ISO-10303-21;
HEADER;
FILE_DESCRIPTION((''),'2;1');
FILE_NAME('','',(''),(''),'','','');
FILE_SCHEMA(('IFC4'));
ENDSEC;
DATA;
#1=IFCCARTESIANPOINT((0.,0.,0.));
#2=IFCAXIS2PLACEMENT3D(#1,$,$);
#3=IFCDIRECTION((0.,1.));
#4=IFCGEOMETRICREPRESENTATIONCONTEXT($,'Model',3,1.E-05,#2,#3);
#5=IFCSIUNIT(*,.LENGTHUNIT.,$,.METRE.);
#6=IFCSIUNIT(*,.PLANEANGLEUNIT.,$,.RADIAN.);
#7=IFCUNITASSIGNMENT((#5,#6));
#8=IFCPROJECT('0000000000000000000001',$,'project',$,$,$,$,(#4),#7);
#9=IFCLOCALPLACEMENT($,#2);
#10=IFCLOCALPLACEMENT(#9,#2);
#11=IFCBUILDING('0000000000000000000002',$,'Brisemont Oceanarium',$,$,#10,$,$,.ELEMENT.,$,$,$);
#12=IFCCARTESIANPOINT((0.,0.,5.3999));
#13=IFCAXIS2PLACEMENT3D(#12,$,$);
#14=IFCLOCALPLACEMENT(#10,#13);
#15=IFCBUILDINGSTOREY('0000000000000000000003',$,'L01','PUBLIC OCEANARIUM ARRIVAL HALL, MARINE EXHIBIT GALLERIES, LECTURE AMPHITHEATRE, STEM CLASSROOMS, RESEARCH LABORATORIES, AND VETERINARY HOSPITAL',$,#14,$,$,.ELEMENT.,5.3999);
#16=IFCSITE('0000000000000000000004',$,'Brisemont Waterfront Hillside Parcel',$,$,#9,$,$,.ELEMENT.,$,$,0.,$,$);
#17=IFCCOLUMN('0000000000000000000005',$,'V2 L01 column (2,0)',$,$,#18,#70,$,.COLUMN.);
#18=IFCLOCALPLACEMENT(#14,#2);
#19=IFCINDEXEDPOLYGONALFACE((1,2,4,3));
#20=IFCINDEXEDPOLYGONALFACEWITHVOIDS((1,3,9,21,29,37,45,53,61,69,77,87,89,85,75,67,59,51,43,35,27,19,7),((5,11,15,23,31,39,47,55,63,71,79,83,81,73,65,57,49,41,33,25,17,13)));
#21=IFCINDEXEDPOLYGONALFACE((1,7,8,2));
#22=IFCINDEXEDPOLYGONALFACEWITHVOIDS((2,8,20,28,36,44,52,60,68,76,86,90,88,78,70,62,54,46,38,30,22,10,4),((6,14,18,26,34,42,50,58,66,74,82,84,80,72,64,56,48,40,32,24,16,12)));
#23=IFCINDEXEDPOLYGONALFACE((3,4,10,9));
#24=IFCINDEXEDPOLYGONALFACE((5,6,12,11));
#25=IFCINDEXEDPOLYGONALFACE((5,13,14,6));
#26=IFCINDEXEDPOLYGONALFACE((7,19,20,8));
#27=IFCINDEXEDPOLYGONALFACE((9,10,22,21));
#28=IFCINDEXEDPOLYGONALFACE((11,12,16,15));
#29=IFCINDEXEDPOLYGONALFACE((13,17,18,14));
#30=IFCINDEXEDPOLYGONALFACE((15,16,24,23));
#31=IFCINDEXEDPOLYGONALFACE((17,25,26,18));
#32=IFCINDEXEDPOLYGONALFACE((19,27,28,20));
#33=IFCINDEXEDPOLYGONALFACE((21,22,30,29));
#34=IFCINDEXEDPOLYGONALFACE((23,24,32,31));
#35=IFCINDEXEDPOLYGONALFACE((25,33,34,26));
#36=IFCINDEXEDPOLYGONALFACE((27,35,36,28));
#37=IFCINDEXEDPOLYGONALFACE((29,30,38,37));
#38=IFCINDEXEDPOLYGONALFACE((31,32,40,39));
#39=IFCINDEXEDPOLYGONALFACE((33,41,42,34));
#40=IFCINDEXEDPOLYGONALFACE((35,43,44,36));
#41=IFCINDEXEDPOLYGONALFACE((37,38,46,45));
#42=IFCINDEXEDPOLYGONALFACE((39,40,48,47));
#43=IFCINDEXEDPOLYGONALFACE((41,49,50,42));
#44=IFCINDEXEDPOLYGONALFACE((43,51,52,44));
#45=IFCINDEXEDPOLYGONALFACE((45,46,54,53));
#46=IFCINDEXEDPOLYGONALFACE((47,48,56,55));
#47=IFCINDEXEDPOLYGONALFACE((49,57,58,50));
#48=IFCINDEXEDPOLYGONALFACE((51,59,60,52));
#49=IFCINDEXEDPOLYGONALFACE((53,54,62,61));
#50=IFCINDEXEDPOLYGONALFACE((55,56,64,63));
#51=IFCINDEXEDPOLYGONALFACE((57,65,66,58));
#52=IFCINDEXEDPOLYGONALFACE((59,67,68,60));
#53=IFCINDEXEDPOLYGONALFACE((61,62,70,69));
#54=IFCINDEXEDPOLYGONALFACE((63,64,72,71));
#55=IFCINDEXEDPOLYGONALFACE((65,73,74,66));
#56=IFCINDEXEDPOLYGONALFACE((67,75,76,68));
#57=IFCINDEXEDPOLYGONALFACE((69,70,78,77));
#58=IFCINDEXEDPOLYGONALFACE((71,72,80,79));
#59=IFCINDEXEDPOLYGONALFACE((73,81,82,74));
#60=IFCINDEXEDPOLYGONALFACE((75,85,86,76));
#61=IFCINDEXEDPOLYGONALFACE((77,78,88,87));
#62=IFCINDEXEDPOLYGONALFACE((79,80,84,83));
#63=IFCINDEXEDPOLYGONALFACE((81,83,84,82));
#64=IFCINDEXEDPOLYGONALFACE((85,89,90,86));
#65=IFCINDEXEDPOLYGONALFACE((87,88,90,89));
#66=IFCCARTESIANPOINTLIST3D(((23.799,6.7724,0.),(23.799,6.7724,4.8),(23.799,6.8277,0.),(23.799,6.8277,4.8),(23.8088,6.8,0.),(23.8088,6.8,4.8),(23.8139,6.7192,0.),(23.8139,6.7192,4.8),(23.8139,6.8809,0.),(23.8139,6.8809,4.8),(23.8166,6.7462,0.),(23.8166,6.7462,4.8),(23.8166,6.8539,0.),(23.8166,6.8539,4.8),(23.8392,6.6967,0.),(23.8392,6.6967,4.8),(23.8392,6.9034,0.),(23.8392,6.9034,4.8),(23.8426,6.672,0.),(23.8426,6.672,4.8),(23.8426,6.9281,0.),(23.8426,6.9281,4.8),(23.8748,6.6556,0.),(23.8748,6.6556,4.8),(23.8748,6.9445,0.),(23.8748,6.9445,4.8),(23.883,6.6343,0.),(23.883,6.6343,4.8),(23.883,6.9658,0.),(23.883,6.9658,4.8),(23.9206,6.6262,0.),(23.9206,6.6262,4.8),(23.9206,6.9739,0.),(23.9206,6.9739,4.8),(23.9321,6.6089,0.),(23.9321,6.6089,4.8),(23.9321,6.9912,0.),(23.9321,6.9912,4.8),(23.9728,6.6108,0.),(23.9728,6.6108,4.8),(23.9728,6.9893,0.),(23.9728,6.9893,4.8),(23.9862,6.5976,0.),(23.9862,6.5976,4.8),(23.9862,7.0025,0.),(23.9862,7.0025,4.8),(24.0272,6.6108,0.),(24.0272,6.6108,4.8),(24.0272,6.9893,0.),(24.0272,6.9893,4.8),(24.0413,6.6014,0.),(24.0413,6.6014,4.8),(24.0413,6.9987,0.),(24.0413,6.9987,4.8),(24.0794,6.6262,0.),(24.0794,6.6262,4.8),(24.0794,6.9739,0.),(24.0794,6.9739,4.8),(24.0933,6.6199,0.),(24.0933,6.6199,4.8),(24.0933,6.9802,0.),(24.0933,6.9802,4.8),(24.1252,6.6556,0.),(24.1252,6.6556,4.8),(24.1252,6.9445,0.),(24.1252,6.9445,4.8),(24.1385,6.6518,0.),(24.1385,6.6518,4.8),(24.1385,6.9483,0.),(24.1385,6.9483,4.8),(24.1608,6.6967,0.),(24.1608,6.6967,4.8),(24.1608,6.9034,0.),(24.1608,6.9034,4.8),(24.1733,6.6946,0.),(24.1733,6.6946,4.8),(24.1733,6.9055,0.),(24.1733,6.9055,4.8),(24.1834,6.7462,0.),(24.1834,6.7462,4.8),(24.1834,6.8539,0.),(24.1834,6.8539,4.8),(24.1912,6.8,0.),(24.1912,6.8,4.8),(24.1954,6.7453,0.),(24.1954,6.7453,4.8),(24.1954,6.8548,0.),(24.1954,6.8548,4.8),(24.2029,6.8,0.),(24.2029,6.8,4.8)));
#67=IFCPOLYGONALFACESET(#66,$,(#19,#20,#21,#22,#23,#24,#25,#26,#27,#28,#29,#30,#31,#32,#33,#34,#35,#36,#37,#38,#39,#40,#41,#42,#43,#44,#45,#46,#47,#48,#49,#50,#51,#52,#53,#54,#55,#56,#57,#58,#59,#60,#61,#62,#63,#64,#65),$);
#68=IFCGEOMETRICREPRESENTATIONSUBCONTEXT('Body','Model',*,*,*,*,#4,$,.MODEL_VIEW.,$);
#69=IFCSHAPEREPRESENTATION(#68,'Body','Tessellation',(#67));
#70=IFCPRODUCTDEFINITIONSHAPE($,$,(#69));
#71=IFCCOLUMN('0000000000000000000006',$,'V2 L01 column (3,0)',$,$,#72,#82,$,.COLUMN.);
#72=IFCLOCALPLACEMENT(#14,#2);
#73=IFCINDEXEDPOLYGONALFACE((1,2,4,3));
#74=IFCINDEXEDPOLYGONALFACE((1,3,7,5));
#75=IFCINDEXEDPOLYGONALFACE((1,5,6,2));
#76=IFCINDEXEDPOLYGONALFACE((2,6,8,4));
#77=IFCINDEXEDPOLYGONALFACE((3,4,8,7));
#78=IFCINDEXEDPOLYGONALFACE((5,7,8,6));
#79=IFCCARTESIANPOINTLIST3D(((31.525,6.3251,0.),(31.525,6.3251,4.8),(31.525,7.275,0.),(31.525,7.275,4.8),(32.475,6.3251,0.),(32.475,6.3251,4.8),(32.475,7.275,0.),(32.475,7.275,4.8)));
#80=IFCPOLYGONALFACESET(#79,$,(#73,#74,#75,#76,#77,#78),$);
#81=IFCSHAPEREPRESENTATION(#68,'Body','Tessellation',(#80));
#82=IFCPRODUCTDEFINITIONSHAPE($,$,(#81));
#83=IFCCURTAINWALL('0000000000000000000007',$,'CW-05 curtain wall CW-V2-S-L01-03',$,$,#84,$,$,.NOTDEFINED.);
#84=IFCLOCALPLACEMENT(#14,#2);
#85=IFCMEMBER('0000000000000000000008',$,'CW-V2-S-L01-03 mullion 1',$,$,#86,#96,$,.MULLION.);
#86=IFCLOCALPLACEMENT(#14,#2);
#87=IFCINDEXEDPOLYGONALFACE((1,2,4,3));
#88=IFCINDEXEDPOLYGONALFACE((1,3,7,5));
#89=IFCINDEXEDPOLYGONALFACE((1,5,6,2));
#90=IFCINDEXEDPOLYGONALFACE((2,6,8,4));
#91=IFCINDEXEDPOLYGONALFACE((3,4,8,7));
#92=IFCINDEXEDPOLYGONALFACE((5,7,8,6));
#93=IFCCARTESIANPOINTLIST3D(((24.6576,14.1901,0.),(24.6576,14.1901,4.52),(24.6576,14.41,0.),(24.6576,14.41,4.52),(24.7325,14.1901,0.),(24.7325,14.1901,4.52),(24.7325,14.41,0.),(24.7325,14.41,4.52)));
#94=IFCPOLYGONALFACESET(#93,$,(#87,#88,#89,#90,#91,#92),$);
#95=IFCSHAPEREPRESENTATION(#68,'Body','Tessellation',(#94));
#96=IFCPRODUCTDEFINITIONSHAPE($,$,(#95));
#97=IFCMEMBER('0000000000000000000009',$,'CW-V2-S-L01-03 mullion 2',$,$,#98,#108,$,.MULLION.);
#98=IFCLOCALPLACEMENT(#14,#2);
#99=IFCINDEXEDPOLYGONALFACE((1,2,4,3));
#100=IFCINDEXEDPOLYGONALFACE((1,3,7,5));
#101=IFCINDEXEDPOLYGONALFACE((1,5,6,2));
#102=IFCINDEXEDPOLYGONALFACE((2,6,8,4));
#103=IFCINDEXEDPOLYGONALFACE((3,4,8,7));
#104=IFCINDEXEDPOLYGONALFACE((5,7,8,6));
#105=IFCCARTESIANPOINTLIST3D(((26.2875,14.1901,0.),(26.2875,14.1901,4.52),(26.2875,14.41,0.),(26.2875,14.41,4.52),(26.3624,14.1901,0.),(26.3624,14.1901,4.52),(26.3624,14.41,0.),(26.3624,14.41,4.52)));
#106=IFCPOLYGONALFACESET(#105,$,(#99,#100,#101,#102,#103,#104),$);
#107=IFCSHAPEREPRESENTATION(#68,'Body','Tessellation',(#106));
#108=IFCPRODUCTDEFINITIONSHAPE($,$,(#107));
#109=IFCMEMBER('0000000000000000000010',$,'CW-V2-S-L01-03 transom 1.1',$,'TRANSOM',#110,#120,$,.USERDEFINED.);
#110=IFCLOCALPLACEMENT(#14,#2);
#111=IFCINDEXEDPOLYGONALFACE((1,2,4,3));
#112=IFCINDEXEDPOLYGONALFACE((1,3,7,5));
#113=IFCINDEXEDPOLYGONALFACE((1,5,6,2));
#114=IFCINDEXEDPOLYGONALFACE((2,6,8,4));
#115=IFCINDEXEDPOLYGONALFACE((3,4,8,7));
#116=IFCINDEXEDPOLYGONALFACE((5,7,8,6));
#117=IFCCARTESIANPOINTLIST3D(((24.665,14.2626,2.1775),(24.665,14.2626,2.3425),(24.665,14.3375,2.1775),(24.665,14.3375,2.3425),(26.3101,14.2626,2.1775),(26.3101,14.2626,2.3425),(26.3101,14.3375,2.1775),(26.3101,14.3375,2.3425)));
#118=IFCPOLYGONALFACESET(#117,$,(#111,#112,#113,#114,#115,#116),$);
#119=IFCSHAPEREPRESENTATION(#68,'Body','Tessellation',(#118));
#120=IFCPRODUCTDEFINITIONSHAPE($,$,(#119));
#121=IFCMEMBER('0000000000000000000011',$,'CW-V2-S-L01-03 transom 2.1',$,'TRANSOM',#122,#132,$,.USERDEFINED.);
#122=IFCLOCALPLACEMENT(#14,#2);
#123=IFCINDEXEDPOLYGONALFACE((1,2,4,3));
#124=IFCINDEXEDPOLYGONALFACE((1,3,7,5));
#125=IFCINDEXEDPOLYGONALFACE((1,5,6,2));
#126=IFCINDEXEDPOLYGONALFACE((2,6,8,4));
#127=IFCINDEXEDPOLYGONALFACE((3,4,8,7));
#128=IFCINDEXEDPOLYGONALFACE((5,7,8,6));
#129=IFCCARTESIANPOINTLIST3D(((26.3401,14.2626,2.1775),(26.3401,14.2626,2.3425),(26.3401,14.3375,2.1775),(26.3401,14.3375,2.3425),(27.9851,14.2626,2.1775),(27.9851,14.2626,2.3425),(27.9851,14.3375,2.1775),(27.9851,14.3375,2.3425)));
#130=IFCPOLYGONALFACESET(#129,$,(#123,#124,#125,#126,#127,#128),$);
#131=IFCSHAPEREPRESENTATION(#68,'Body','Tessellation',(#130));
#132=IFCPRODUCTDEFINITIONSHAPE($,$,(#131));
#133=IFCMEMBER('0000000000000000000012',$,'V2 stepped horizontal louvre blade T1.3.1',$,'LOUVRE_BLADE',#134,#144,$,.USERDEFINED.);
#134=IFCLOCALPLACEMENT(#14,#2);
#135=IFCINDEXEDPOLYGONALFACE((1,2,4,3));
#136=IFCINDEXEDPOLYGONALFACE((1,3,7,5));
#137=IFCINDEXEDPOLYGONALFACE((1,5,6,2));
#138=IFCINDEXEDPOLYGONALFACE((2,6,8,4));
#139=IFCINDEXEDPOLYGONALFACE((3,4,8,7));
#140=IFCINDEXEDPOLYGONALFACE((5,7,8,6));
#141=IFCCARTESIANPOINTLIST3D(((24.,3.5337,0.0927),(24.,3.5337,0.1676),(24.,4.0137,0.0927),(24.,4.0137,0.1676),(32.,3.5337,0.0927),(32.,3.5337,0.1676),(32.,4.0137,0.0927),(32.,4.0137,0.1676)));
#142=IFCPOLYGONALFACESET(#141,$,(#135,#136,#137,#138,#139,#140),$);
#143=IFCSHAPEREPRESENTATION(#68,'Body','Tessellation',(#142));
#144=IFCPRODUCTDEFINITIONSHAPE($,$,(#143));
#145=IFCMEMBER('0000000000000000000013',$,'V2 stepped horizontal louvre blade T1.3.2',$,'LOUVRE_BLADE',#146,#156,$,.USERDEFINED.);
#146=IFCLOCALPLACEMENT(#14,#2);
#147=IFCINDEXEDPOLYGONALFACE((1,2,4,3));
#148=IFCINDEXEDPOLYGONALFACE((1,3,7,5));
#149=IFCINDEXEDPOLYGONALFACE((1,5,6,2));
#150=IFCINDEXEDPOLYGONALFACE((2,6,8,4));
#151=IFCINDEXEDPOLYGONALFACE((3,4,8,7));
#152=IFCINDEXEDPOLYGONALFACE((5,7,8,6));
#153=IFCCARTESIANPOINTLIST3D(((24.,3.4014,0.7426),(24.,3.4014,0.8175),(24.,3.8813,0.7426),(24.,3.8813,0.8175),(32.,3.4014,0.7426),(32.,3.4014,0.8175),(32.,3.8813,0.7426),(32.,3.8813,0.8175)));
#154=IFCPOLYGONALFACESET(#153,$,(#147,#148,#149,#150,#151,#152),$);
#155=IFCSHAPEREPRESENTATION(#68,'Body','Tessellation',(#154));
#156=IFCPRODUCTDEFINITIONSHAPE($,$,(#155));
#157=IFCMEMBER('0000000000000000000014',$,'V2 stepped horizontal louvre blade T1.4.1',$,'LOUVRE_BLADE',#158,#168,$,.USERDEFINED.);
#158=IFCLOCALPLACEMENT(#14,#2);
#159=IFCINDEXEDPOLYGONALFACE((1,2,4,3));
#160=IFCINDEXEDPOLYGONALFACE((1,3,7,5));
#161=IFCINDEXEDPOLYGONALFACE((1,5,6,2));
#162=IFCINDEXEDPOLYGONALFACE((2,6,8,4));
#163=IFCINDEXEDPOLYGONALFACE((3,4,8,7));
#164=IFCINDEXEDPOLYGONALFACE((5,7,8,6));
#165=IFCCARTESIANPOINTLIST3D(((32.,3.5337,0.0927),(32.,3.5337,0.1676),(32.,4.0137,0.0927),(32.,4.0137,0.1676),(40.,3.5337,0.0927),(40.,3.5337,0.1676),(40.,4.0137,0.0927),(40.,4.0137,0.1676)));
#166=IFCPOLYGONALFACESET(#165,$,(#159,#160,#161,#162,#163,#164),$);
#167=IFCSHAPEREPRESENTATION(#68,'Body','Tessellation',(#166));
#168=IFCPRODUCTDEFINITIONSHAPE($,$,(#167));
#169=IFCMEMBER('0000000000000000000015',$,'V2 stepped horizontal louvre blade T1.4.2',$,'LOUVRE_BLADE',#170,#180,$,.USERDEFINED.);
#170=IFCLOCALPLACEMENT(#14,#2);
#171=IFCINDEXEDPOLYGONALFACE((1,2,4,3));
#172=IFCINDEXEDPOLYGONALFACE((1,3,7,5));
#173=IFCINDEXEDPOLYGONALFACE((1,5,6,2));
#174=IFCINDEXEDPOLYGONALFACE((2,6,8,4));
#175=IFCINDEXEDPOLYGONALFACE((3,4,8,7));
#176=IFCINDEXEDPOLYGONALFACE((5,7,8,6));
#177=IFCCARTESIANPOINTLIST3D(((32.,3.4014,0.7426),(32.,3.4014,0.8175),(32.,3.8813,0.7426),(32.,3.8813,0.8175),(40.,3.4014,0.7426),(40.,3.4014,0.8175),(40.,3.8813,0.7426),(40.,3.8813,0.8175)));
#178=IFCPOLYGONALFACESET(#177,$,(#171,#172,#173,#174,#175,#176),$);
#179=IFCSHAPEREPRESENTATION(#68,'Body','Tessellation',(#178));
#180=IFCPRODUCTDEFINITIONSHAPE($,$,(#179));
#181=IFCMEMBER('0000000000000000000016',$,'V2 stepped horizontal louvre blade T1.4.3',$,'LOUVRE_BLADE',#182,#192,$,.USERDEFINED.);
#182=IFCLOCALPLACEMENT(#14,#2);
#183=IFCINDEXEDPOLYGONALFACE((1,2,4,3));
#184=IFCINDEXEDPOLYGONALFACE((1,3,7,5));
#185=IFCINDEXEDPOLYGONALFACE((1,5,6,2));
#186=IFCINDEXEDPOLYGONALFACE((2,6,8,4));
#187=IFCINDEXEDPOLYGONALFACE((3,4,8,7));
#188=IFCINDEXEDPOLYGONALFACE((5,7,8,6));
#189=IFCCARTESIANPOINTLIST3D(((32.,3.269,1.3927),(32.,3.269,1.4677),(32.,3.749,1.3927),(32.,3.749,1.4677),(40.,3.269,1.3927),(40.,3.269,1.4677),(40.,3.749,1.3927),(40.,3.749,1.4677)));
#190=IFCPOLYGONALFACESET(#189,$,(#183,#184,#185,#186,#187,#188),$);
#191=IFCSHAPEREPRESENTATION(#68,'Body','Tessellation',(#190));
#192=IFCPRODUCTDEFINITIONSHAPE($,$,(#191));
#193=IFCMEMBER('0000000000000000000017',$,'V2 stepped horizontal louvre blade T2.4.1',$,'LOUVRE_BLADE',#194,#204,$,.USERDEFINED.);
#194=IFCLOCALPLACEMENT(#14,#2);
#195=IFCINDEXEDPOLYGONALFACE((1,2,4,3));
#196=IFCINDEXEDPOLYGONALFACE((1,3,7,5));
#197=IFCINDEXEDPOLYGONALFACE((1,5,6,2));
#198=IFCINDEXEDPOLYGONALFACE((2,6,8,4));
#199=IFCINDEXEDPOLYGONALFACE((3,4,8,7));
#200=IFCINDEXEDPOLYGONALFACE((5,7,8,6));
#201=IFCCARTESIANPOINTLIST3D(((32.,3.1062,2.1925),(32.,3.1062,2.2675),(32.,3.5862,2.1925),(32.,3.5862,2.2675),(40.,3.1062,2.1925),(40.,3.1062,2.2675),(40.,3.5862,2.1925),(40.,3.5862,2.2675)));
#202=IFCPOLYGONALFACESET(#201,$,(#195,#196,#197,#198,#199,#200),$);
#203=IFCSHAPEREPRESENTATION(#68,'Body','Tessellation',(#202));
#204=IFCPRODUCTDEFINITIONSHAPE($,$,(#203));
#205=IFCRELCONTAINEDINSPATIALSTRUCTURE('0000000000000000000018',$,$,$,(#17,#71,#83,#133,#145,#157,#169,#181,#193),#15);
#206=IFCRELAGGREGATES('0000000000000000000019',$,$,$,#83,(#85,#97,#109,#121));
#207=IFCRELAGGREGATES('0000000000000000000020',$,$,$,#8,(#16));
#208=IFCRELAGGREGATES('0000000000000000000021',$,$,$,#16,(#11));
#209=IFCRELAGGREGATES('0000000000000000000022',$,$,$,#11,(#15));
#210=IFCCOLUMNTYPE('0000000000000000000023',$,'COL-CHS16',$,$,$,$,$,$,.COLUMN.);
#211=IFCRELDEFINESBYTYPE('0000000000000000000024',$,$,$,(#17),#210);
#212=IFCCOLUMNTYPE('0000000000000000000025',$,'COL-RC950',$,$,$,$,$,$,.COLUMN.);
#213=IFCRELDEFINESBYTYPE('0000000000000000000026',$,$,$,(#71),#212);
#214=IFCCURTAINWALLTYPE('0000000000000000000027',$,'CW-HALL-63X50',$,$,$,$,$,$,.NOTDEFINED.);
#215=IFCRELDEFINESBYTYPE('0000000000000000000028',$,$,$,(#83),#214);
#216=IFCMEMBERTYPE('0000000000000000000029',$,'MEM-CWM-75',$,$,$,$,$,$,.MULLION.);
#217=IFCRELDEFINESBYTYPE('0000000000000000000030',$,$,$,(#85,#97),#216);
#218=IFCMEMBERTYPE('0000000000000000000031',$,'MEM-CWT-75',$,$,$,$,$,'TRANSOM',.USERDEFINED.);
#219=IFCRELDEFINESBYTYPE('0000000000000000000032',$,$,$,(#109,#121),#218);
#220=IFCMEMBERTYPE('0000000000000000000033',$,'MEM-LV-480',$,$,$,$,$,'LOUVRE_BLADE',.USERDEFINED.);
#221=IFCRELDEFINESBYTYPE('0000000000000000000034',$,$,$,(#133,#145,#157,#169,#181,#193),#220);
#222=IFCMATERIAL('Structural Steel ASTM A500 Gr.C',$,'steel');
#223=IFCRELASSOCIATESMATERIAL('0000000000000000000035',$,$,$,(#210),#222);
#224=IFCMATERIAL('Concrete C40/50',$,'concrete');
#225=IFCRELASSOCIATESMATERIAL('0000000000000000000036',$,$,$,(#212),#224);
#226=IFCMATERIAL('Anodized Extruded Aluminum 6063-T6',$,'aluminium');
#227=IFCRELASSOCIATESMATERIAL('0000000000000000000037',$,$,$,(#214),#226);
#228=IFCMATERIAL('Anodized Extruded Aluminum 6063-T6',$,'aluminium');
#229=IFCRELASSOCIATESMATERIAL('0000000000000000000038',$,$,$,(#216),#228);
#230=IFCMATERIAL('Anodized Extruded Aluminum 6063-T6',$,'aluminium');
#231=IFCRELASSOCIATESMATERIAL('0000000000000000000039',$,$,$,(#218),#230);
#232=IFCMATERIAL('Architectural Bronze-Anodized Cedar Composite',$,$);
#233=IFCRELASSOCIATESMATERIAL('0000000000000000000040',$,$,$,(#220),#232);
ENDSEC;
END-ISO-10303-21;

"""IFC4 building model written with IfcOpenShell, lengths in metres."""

from ifc_helpers import new_model, si_unit, direction, frame, origin, origin_2d, place, context, subcontext, project, spatial, rectangle, hollow_circle, extrude, material, material_profile, profile_set, type_object, element, aggregate, save


model = new_model("IFC4")

# Units and contexts
model_context = context("Model", 3, precision=1e-05, world=origin(), true_north=direction((0.0, 1.0)))
body_context = subcontext(model_context, "Body", "Model", "MODEL_VIEW")
ifc_project = project(units=[si_unit("LENGTHUNIT", "METRE"), si_unit("PLANEANGLEUNIT", "RADIAN")], contexts=[model_context])

# Site, building, storey
site_placement = place(None, origin())
site = spatial("IfcSite", under=ifc_project, at=site_placement, Name="Brisemont Waterfront Hillside Parcel", CompositionType="ELEMENT", RefElevation=0.0)
building_placement = place(site_placement, origin())
building = spatial("IfcBuilding", under=site, at=building_placement, Name="Brisemont Oceanarium", CompositionType="ELEMENT")
storey_placement = place(building_placement, frame((0.0, 0.0, 5.3999)))
storey = spatial("IfcBuildingStorey", under=building, at=storey_placement, Name="L01", Description="PUBLIC OCEANARIUM ARRIVAL HALL, MARINE EXHIBIT GALLERIES, LECTURE AMPHITHEATRE, STEM CLASSROOMS, RESEARCH LABORATORIES, AND VETERINARY HOSPITAL", CompositionType="ELEMENT", Elevation=5.3999)

# Columns
ifc_material_1 = material(Name="Structural Steel ASTM A500 Gr.C", Category="steel")
ifc_material_profile_1 = material_profile(ifc_material_1, hollow_circle(Radius=0.2029, WallThickness=0.0117, at=origin_2d()), Name="HSS16.000X0.500")
ifc_profile_set_1 = profile_set([ifc_material_profile_1], Name="Structural Steel ASTM A500 Gr.C")
column_type_1 = type_object("IfcColumnType", Name="COL-CHS16", PredefinedType="COLUMN", material=ifc_profile_set_1)
column_1_placement = place(storey_placement, frame((24.0, 6.8, 0.0), z_axis=(0.0, 0.0, 1.0), x_axis=(1.0, 0.0, 0.0)))
element("IfcColumn", 1, at=column_1_placement, inside=storey, type_object=column_type_1, Name="V2 L01 column (2,0)", PredefinedType="COLUMN", context=body_context, shape_type="SweptSolid", body=[
    extrude(hollow_circle(Radius=0.2029, WallThickness=0.0117, at=origin_2d()), origin(), (0.0, 0.0, 1.0), 4.8),
])
ifc_material_2 = material(Name="Concrete C40/50", Category="concrete")
ifc_material_profile_2 = material_profile(ifc_material_2, rectangle(XDim=0.95, YDim=0.95, at=origin_2d()), Name="RC-COL-950X950")
ifc_profile_set_2 = profile_set([ifc_material_profile_2], Name="Concrete C40/50")
column_type_2 = type_object("IfcColumnType", Name="COL-RC950", PredefinedType="COLUMN", material=ifc_profile_set_2)
column_2_placement = place(storey_placement, frame((32.0, 6.8, 0.0), z_axis=(0.0, 0.0, 1.0), x_axis=(0.0, 1.0, 0.0)))
element("IfcColumn", 2, at=column_2_placement, inside=storey, type_object=column_type_2, Name="V2 L01 column (3,0)", PredefinedType="COLUMN", context=body_context, shape_type="SweptSolid", body=[
    extrude(rectangle(XDim=0.95, YDim=0.95, at=origin_2d()), origin(), (0.0, 0.0, 1.0), 4.8),
])

# Curtain wall, members
ifc_material_3 = material(Name="Anodized Extruded Aluminum 6063-T6", Category="aluminium")
curtain_wall_type = type_object("IfcCurtainWallType", Name="CW-HALL-63X50", PredefinedType="NOTDEFINED", material=ifc_material_3)
curtain_wall_placement = place(storey_placement, origin())
curtain_wall = element("IfcCurtainWall", 3, at=curtain_wall_placement, inside=storey, type_object=curtain_wall_type, Name="CW-05 curtain wall CW-V2-S-L01-03", PredefinedType="NOTDEFINED")
ifc_material_4 = material(Name="Anodized Extruded Aluminum 6063-T6", Category="aluminium")
ifc_material_profile_3 = material_profile(ifc_material_4, rectangle(XDim=0.075, YDim=0.22, at=origin_2d()), Name="CWM-75X220")
ifc_profile_set_3 = profile_set([ifc_material_profile_3], Name="Anodized Extruded Aluminum 6063-T6")
member_type_1 = type_object("IfcMemberType", Name="MEM-CWM-75", PredefinedType="MULLION", material=ifc_profile_set_3)
member_1_placement = place(storey_placement, frame((24.6951, 14.3, 0.0), z_axis=(0.0, 0.0, 1.0), x_axis=(1.0, 0.0, 0.0)))
member_1 = element("IfcMember", 4, at=member_1_placement, type_object=member_type_1, Name="CW-V2-S-L01-03 mullion 1", PredefinedType="MULLION", context=body_context, shape_type="SweptSolid", body=[
    extrude(rectangle(XDim=0.075, YDim=0.22, at=origin_2d()), origin(), (0.0, 0.0, 1.0), 4.52),
])
member_2_placement = place(storey_placement, frame((26.325, 14.3, 0.0), z_axis=(0.0, 0.0, 1.0), x_axis=(1.0, 0.0, 0.0)))
member_2 = element("IfcMember", 5, at=member_2_placement, type_object=member_type_1, Name="CW-V2-S-L01-03 mullion 2", PredefinedType="MULLION", context=body_context, shape_type="SweptSolid", body=[
    extrude(rectangle(XDim=0.075, YDim=0.22, at=origin_2d()), origin(), (0.0, 0.0, 1.0), 4.52),
])
ifc_material_5 = material(Name="Anodized Extruded Aluminum 6063-T6", Category="aluminium")
ifc_material_profile_4 = material_profile(ifc_material_5, rectangle(XDim=0.075, YDim=0.165, at=origin_2d()), Name="CWT-75X165")
ifc_profile_set_4 = profile_set([ifc_material_profile_4], Name="Anodized Extruded Aluminum 6063-T6")
member_type_2 = type_object("IfcMemberType", Name="MEM-CWT-75", ElementType="TRANSOM", PredefinedType="USERDEFINED", material=ifc_profile_set_4)
member_3_placement = place(storey_placement, frame((24.665, 14.3, 2.26), z_axis=(1.0, 0.0, 0.0), x_axis=(0.0, 1.0, 0.0)))
member_3 = element("IfcMember", 6, at=member_3_placement, type_object=member_type_2, Name="CW-V2-S-L01-03 transom 1.1", ObjectType="TRANSOM", PredefinedType="USERDEFINED", context=body_context, shape_type="SweptSolid", body=[
    extrude(rectangle(XDim=0.075, YDim=0.165, at=origin_2d()), origin(), (0.0, 0.0, 1.0), 1.645),
])
member_4_placement = place(storey_placement, frame((26.3401, 14.3, 2.26), z_axis=(1.0, 0.0, 0.0), x_axis=(0.0, 1.0, 0.0)))
member_4 = element("IfcMember", 7, at=member_4_placement, type_object=member_type_2, Name="CW-V2-S-L01-03 transom 2.1", ObjectType="TRANSOM", PredefinedType="USERDEFINED", context=body_context, shape_type="SweptSolid", body=[
    extrude(rectangle(XDim=0.075, YDim=0.165, at=origin_2d()), origin(), (0.0, 0.0, 1.0), 1.645),
])

# Members
ifc_material_6 = material(Name="Architectural Bronze-Anodized Cedar Composite")
ifc_material_profile_5 = material_profile(ifc_material_6, rectangle(XDim=0.48, YDim=0.075, at=origin_2d()), Name="LOUVRE-480X75")
ifc_profile_set_5 = profile_set([ifc_material_profile_5], Name="Architectural Bronze-Anodized Cedar Composite")
member_type_3 = type_object("IfcMemberType", Name="MEM-LV-480", ElementType="LOUVRE_BLADE", PredefinedType="USERDEFINED", material=ifc_profile_set_5)
for number, where, z_axis, x_axis, name in (
    (8, (24.0, 3.7737, 0.1301), (1.0, 0.0, 0.0), (0.0, 1.0, 0.0), "V2 stepped horizontal louvre blade T1.3.1"),
    (9, (24.0, 3.6414, 0.78), (1.0, 0.0, 0.0), (0.0, 1.0, 0.0), "V2 stepped horizontal louvre blade T1.3.2"),
    (10, (32.0, 3.7737, 0.1301), (1.0, 0.0, 0.0), (0.0, 1.0, 0.0), "V2 stepped horizontal louvre blade T1.4.1"),
    (11, (32.0, 3.6414, 0.78), (1.0, 0.0, 0.0), (0.0, 1.0, 0.0), "V2 stepped horizontal louvre blade T1.4.2"),
    (12, (32.0, 3.509, 1.4302), (1.0, 0.0, 0.0), (0.0, 1.0, 0.0), "V2 stepped horizontal louvre blade T1.4.3"),
    (13, (32.0, 3.3462, 2.23), (1.0, 0.0, 0.0), (0.0, 1.0, 0.0), "V2 stepped horizontal louvre blade T2.4.1"),
):
    element("IfcMember", number, at=place(storey_placement, frame(where, z_axis=z_axis, x_axis=x_axis)), inside=storey, type_object=member_type_3, Name=name, ObjectType="LOUVRE_BLADE", PredefinedType="USERDEFINED", context=body_context, shape_type="SweptSolid", body=[
        extrude(rectangle(XDim=0.48, YDim=0.075, at=origin_2d()), origin(), (0.0, 0.0, 1.0), 8.0),
    ])

aggregate(curtain_wall, [member_1, member_2, member_3, member_4])

save(model, "model.ifc")
